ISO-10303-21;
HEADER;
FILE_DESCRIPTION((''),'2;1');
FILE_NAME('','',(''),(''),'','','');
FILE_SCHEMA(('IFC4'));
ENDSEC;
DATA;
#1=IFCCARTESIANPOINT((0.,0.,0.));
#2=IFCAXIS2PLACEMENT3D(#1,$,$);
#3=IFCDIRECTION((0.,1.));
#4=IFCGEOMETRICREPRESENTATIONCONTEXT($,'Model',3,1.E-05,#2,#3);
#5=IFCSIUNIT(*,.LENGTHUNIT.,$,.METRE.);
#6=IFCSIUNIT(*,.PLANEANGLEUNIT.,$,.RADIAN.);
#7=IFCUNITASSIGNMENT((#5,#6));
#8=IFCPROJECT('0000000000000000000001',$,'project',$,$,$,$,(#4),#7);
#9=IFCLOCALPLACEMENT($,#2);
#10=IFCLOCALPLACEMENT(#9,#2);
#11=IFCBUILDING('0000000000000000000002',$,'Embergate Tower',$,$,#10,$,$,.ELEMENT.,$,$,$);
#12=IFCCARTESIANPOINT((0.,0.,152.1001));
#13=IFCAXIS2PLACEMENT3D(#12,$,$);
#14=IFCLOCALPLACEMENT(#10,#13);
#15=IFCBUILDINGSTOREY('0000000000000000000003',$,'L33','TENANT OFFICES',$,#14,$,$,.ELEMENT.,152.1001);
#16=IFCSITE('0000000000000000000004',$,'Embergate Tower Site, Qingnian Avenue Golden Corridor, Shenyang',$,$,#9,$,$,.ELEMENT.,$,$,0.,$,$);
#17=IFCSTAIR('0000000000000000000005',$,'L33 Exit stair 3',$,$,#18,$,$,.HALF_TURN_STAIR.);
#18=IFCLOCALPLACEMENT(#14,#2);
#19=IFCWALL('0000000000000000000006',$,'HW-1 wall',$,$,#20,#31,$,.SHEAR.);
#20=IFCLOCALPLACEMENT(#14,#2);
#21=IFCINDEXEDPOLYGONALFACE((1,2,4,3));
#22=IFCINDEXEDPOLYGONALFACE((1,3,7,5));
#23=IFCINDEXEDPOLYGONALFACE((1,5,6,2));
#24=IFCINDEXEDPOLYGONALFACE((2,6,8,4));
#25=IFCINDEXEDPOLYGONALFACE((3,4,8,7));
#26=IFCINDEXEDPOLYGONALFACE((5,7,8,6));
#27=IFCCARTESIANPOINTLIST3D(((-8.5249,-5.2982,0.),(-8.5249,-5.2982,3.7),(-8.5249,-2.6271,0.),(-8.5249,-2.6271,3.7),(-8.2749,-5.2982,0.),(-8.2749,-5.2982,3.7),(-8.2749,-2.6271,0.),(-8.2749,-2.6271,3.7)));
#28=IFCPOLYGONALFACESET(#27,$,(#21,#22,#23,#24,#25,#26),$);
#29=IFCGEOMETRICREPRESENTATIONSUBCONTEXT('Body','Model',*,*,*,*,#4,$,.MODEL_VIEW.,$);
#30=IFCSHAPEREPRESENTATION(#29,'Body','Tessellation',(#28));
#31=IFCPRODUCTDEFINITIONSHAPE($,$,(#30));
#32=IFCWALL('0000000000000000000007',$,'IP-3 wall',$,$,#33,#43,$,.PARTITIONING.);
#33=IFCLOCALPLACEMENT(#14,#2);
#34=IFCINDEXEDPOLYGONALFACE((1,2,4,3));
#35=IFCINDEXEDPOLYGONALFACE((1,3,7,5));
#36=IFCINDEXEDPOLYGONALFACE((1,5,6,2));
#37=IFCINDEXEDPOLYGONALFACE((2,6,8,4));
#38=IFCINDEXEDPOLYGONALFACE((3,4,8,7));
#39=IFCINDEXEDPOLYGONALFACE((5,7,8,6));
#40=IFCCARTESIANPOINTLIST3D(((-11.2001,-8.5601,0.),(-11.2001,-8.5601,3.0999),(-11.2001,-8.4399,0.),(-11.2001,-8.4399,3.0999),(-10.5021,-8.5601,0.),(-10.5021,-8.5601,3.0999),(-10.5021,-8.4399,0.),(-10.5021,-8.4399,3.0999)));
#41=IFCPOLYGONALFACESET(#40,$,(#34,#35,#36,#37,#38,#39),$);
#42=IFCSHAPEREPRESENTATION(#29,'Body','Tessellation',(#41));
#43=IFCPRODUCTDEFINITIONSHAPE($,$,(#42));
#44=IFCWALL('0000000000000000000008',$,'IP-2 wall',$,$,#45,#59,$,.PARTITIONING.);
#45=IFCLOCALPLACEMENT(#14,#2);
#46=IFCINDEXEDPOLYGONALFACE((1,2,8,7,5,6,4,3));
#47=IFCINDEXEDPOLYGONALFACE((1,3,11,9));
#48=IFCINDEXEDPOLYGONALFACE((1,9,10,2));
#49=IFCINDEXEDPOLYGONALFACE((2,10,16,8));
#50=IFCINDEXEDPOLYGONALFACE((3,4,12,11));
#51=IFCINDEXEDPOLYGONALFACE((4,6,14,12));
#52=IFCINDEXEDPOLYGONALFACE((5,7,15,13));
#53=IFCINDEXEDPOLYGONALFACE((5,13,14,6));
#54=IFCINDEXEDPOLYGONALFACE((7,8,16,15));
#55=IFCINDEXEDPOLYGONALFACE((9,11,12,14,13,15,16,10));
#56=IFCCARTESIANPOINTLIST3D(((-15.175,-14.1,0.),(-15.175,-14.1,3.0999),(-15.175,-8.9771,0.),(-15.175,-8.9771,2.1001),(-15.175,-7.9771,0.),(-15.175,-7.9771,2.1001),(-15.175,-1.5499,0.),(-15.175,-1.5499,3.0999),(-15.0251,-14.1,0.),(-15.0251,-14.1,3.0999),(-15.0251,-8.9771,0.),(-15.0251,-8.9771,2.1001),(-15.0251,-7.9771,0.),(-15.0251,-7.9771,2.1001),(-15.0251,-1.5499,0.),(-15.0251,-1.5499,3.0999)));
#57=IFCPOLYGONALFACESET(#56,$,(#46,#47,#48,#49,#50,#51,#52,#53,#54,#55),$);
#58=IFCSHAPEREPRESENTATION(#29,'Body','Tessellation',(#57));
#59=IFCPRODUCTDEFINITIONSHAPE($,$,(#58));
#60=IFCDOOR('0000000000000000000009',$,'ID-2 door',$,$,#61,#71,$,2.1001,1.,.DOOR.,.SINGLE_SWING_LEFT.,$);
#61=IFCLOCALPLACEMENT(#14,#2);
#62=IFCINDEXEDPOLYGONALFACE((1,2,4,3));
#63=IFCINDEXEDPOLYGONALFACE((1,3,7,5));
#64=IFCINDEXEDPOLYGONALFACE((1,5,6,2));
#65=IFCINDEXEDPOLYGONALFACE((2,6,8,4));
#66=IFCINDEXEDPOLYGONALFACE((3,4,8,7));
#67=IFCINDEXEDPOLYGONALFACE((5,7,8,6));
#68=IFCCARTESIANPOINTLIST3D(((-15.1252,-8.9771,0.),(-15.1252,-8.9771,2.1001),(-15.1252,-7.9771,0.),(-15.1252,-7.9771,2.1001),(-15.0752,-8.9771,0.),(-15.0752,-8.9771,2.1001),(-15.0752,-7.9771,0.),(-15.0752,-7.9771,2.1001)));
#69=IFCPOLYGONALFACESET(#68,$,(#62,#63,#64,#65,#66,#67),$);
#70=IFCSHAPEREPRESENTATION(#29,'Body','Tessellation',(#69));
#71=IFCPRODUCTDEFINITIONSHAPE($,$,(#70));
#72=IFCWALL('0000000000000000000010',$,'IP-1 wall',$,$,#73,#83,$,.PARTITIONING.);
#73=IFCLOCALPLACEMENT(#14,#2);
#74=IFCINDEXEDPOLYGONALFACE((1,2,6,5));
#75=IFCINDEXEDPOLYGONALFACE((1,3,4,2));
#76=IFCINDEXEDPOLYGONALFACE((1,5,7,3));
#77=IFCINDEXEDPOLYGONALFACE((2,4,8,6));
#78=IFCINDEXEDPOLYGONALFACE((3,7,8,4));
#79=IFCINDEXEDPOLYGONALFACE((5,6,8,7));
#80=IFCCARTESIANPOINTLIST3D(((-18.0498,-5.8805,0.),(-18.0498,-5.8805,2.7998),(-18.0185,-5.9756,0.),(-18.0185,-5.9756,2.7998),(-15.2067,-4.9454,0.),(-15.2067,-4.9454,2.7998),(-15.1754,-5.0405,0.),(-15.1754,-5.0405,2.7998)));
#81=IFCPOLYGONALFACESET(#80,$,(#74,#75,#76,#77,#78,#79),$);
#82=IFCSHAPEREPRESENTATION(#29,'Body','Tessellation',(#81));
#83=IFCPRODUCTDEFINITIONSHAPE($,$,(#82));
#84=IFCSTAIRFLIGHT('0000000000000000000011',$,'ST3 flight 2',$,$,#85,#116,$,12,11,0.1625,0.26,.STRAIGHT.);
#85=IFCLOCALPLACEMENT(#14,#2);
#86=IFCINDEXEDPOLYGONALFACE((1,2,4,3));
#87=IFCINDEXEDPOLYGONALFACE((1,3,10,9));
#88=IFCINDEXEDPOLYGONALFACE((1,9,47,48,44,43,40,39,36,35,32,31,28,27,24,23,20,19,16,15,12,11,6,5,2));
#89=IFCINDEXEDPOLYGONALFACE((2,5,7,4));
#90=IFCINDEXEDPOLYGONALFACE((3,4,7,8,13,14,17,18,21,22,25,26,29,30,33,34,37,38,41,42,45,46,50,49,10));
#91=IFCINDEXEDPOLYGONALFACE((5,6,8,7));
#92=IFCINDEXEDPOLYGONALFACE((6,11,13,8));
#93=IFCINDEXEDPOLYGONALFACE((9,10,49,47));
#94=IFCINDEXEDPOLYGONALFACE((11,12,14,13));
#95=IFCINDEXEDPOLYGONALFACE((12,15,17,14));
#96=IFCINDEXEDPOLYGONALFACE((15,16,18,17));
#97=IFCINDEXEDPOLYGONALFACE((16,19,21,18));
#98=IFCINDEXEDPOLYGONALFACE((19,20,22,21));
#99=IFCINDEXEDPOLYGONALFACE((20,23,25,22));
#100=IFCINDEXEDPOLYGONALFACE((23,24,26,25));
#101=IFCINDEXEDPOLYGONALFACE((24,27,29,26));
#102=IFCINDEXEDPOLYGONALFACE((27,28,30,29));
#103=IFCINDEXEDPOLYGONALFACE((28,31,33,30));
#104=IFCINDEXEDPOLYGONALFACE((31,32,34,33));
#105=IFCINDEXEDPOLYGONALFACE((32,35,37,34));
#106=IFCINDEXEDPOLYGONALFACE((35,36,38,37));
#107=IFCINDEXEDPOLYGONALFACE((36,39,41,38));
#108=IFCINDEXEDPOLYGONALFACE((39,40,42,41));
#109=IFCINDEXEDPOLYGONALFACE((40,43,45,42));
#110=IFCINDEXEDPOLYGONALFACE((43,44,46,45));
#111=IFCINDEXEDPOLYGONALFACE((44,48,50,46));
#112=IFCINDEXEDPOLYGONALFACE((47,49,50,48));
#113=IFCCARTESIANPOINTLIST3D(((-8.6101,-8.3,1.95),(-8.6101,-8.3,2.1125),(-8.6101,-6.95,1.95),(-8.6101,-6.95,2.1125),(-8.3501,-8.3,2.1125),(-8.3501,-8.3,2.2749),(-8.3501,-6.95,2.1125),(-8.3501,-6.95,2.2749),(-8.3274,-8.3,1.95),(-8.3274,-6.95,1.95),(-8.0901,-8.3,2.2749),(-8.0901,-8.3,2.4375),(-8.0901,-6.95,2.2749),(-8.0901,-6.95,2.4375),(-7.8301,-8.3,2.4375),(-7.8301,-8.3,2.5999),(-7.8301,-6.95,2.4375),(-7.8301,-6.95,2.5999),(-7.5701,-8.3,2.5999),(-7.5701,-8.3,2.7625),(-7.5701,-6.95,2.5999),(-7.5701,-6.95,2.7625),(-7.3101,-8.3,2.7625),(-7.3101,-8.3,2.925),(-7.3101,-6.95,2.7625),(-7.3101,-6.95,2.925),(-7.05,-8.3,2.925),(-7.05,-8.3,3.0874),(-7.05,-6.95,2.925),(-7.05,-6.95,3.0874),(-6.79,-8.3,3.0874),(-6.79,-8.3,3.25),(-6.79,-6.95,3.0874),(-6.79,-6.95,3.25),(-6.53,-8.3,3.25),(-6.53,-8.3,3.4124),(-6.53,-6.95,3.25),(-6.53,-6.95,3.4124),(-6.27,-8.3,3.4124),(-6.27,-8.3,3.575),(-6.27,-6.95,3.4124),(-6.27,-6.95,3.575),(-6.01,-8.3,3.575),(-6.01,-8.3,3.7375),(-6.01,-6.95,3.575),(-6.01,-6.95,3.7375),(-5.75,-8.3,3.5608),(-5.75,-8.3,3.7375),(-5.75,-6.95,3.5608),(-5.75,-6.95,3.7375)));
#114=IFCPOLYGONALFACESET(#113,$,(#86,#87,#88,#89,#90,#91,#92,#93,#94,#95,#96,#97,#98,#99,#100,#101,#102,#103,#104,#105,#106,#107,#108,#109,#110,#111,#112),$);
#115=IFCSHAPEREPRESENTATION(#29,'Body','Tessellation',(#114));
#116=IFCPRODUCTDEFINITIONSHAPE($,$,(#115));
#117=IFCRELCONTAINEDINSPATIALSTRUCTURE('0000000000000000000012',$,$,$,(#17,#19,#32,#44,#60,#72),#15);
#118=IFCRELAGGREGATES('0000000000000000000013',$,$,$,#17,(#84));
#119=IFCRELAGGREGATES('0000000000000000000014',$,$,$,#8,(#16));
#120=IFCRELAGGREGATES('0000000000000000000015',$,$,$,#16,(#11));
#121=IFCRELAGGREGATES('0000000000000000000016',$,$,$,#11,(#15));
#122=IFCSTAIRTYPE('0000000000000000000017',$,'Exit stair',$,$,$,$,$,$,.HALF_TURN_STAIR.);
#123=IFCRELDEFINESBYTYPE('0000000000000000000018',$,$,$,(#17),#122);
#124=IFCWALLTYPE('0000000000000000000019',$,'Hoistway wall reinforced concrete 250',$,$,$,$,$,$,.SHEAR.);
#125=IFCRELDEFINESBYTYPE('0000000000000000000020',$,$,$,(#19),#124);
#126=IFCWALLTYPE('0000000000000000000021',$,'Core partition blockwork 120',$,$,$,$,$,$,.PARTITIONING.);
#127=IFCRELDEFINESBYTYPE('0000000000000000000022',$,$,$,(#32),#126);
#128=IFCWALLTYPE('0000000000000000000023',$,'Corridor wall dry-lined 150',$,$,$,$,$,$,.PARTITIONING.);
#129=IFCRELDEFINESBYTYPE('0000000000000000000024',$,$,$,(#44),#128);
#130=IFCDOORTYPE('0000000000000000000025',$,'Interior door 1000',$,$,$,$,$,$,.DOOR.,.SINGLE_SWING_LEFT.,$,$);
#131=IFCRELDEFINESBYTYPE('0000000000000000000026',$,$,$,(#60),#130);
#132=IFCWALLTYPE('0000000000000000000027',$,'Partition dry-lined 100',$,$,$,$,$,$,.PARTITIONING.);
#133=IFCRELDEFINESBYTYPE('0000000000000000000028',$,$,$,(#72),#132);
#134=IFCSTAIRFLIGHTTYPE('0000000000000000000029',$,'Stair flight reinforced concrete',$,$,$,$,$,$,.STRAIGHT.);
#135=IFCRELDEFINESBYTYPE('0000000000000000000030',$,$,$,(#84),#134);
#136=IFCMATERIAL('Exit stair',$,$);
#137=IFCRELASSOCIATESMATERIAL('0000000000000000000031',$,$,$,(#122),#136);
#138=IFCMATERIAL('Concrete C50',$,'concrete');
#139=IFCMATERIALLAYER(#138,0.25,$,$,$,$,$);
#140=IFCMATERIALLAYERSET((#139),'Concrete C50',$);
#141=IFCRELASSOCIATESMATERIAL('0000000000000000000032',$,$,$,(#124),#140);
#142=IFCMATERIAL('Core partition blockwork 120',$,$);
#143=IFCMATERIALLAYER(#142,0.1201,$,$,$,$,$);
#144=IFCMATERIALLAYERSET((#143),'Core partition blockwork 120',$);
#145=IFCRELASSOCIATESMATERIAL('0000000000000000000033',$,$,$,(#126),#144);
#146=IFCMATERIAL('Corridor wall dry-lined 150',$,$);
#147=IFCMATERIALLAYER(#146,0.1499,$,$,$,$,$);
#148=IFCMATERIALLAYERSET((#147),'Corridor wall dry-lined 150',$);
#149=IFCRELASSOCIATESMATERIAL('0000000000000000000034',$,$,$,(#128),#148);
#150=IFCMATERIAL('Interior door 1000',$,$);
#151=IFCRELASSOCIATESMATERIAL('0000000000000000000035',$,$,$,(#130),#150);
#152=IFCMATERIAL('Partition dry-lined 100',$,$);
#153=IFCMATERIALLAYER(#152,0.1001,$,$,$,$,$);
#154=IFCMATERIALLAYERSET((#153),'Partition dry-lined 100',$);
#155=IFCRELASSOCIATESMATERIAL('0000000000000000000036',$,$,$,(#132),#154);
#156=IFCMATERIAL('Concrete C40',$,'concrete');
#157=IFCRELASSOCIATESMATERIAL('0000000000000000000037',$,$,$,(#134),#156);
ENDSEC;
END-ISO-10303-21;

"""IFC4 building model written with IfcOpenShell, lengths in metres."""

from ifc_helpers import new_model, si_unit, direction, frame, frame_2d, origin, place, context, subcontext, project, spatial, polyline, rectangle, outline, extrude, source, transform, mapped, material, layer, layer_set, type_object, element, fill, aggregate, save


model = new_model("IFC4")

# Units and contexts
model_context = context("Model", 3, precision=1e-05, world=origin(), true_north=direction((0.0, 1.0)))
body_context = subcontext(model_context, "Body", "Model", "MODEL_VIEW")
ifc_project = project(units=[si_unit("LENGTHUNIT", "METRE"), si_unit("PLANEANGLEUNIT", "RADIAN")], contexts=[model_context])

# Site, building, storey
site_placement = place(None, origin())
site = spatial("IfcSite", under=ifc_project, at=site_placement, Name="Embergate Tower Site, Qingnian Avenue Golden Corridor, Shenyang", CompositionType="ELEMENT", RefElevation=0.0)
building_placement = place(site_placement, origin())
building = spatial("IfcBuilding", under=site, at=building_placement, Name="Embergate Tower", CompositionType="ELEMENT")
storey_placement = place(building_placement, frame((0.0, 0.0, 152.1001)))
storey = spatial("IfcBuildingStorey", under=building, at=storey_placement, Name="L33", Description="TENANT OFFICES", CompositionType="ELEMENT", Elevation=152.1001)

# Stair
ifc_material_1 = material(Name="Exit stair")
stair_type = type_object("IfcStairType", Name="Exit stair", PredefinedType="HALF_TURN_STAIR", material=ifc_material_1)
stair_placement = place(storey_placement, origin())
stair = element("IfcStair", 1, at=stair_placement, inside=storey, type_object=stair_type, Name="L33 Exit stair 3", PredefinedType="HALF_TURN_STAIR")
ifc_material_2 = material(Name="Concrete C40", Category="concrete")

# Shared definitions
shared_shape_1 = source(origin(), body_context, "Body", "SweptSolid", [
    extrude(rectangle(XDim=1.0, YDim=2.1001, at=frame_2d((0.5, 1.05))), frame((0.0, 0.0249, 0.0), z_axis=(0.0, -1.0, 0.0), x_axis=(1.0, 0.0, 0.0)), (0.0, 0.0, 1.0), 0.05),
])

# Shared definitions
ifc_material_3 = material(Name="Concrete C50", Category="concrete")

# Shared definitions
ifc_layer_1 = layer(ifc_material_3, 0.25)
ifc_layer_set_1 = layer_set([ifc_layer_1], Name="Concrete C50")
wall_type_1 = type_object("IfcWallType", Name="Hoistway wall reinforced concrete 250", PredefinedType="SHEAR", material=ifc_layer_set_1)

# Walls
shared_shape_2 = source(origin(), body_context, "Body", "SweptSolid", [
    extrude(rectangle(XDim=2.6711, YDim=0.25, at=frame_2d((1.3354, 0.0))), origin(), (0.0, 0.0, 1.0), 3.7),
])
wall_1_placement = place(storey_placement, frame((-8.3999, -5.2981, 0.0), z_axis=(0.0, 0.0, 1.0), x_axis=(0.0, 1.0, 0.0)))
element("IfcWall", 2, at=wall_1_placement, inside=storey, type_object=wall_type_1, Name="HW-1 wall", PredefinedType="SHEAR", context=body_context, shape_type="MappedRepresentation", body=[
    mapped(shared_shape_2, transform((0.0, 0.0, 0.0))),
])
ifc_material_4 = material(Name="Core partition blockwork 120")
ifc_layer_2 = layer(ifc_material_4, 0.1201)
ifc_layer_set_2 = layer_set([ifc_layer_2], Name="Core partition blockwork 120")
wall_type_2 = type_object("IfcWallType", Name="Core partition blockwork 120", PredefinedType="PARTITIONING", material=ifc_layer_set_2)
shared_shape_3 = source(origin(), body_context, "Body", "SweptSolid", [
    extrude(rectangle(XDim=0.698, YDim=0.1201, at=frame_2d((0.3491, 0.0))), origin(), (0.0, 0.0, 1.0), 3.0999),
])
wall_2_placement = place(storey_placement, frame((-10.502, -8.5, 0.0), z_axis=(0.0, 0.0, 1.0), x_axis=(-1.0, 0.0, 0.0)))
element("IfcWall", 3, at=wall_2_placement, inside=storey, type_object=wall_type_2, Name="IP-3 wall", PredefinedType="PARTITIONING", context=body_context, shape_type="MappedRepresentation", body=[
    mapped(shared_shape_3, transform((0.0, 0.0, 0.0))),
])

# Wall, opening, door
ifc_material_5 = material(Name="Corridor wall dry-lined 150")
ifc_layer_3 = layer(ifc_material_5, 0.1499)
ifc_layer_set_3 = layer_set([ifc_layer_3], Name="Corridor wall dry-lined 150")
wall_type_3 = type_object("IfcWallType", Name="Corridor wall dry-lined 150", PredefinedType="PARTITIONING", material=ifc_layer_set_3)
shared_shape_4 = source(origin(), body_context, "Body", "SweptSolid", [
    extrude(rectangle(XDim=12.55, YDim=0.1499, at=frame_2d((6.2749, 0.0))), origin(), (0.0, 0.0, 1.0), 3.0999),
])
wall_3_placement = place(storey_placement, frame((-15.1001, -1.55, 0.0), z_axis=(0.0, 0.0, 1.0), x_axis=(0.0, -1.0, 0.0)))
wall_3 = element("IfcWall", 4, at=wall_3_placement, inside=storey, type_object=wall_type_3, Name="IP-2 wall", PredefinedType="PARTITIONING", context=body_context, shape_type="MappedRepresentation", body=[
    mapped(shared_shape_4, transform((0.0, 0.0, 0.0))),
])
shared_shape_5 = source(origin(), body_context, "Body", "SweptSolid", [
    extrude(rectangle(XDim=1.0, YDim=2.1001, at=frame_2d((0.5, 1.05))), frame((0.0, 0.085, 0.0), z_axis=(0.0, -1.0, 0.0), x_axis=(1.0, 0.0, 0.0)), (0.0, 0.0, 1.0), 0.1699),
])
opening_1_placement = place(wall_3_placement, frame((6.427, 0.0, 0.0)))
opening_1 = element("IfcOpeningElement", 5, at=opening_1_placement, cuts=wall_3, PredefinedType="OPENING", context=body_context, shape_type="MappedRepresentation", body=[
    mapped(shared_shape_5, transform((0.0, 0.0, 0.0))),
])
ifc_material_6 = material(Name="Interior door 1000")
door_type_1 = type_object("IfcDoorType", Name="Interior door 1000", OperationType="SINGLE_SWING_LEFT", PredefinedType="DOOR", material=ifc_material_6)
door_1_placement = place(opening_1_placement, origin())
door_1 = element("IfcDoor", 6, at=door_1_placement, inside=storey, type_object=door_type_1, Name="ID-2 door", OperationType="SINGLE_SWING_LEFT", OverallHeight=2.1001, OverallWidth=1.0, PredefinedType="DOOR", context=body_context, shape_type="MappedRepresentation", body=[
    mapped(shared_shape_1, transform((0.0, 0.0, 0.0))),
])
fill(opening_1, door_1)

# Wall
ifc_material_7 = material(Name="Partition dry-lined 100")
ifc_layer_4 = layer(ifc_material_7, 0.1001)
ifc_layer_set_4 = layer_set([ifc_layer_4], Name="Partition dry-lined 100")
wall_type_4 = type_object("IfcWallType", Name="Partition dry-lined 100", PredefinedType="PARTITIONING", material=ifc_layer_set_4)
shared_shape_6 = source(origin(), body_context, "Body", "SweptSolid", [
    extrude(rectangle(XDim=2.9929, YDim=0.1001, at=frame_2d((1.4966, 0.0))), origin(), (0.0, 0.0, 1.0), 2.7998),
])
wall_4_placement = place(storey_placement, frame((-15.1909, -4.9929, 0.0), z_axis=(0.0, 0.0, 1.0), x_axis=(-0.94994, -0.312432, 0.0)))
element("IfcWall", 7, at=wall_4_placement, inside=storey, type_object=wall_type_4, Name="IP-1 wall", PredefinedType="PARTITIONING", context=body_context, shape_type="MappedRepresentation", body=[
    mapped(shared_shape_6, transform((0.0, 0.0, 0.0))),
])

# Stair flight
stair_flight_type = type_object("IfcStairFlightType", Name="Stair flight reinforced concrete", PredefinedType="STRAIGHT", material=ifc_material_2)
shared_shape_7 = source(origin(), body_context, "Body", "SweptSolid", [
    extrude(outline(polyline([(0.0, 0.0), (0.0, 0.1626), (0.26, 0.1626), (0.26, 0.325), (0.52, 0.325), (0.52, 0.4875), (0.78, 0.4875), (0.78, 0.6499), (1.04, 0.6499), (1.04, 0.8125), (1.3, 0.8125), (1.3, 0.9751), (1.5601, 0.9751), (1.5601, 1.1375), (1.8201, 1.1375), (1.8201, 1.3), (2.0801, 1.3), (2.0801, 1.4624), (2.3401, 1.4624), (2.3401, 1.625), (2.6001, 1.625), (2.6001, 1.7876), (2.8601, 1.7876), (2.8601, 1.95), (2.8601, 1.6108), (0.2827, 0.0), (0.0, 0.0)])), frame((0.0, 0.675, 0.0), z_axis=(0.0, -1.0, 0.0), x_axis=(1.0, 0.0, 0.0)), (0.0, 0.0, 1.0), 1.3501),
])
stair_flight_placement = place(storey_placement, frame((-8.6101, -7.625, 1.95), z_axis=(0.0, 0.0, 1.0), x_axis=(1.0, 0.0, 0.0)))
stair_flight = element("IfcStairFlight", 8, at=stair_flight_placement, type_object=stair_flight_type, Name="ST3 flight 2", NumberOfRisers=12, NumberOfTreads=11, PredefinedType="STRAIGHT", RiserHeight=0.1625, TreadLength=0.26, context=body_context, shape_type="MappedRepresentation", body=[
    mapped(shared_shape_7, transform((0.0, 0.0, 0.0))),
])
aggregate(stair, [stair_flight])

save(model, "model.ifc")
